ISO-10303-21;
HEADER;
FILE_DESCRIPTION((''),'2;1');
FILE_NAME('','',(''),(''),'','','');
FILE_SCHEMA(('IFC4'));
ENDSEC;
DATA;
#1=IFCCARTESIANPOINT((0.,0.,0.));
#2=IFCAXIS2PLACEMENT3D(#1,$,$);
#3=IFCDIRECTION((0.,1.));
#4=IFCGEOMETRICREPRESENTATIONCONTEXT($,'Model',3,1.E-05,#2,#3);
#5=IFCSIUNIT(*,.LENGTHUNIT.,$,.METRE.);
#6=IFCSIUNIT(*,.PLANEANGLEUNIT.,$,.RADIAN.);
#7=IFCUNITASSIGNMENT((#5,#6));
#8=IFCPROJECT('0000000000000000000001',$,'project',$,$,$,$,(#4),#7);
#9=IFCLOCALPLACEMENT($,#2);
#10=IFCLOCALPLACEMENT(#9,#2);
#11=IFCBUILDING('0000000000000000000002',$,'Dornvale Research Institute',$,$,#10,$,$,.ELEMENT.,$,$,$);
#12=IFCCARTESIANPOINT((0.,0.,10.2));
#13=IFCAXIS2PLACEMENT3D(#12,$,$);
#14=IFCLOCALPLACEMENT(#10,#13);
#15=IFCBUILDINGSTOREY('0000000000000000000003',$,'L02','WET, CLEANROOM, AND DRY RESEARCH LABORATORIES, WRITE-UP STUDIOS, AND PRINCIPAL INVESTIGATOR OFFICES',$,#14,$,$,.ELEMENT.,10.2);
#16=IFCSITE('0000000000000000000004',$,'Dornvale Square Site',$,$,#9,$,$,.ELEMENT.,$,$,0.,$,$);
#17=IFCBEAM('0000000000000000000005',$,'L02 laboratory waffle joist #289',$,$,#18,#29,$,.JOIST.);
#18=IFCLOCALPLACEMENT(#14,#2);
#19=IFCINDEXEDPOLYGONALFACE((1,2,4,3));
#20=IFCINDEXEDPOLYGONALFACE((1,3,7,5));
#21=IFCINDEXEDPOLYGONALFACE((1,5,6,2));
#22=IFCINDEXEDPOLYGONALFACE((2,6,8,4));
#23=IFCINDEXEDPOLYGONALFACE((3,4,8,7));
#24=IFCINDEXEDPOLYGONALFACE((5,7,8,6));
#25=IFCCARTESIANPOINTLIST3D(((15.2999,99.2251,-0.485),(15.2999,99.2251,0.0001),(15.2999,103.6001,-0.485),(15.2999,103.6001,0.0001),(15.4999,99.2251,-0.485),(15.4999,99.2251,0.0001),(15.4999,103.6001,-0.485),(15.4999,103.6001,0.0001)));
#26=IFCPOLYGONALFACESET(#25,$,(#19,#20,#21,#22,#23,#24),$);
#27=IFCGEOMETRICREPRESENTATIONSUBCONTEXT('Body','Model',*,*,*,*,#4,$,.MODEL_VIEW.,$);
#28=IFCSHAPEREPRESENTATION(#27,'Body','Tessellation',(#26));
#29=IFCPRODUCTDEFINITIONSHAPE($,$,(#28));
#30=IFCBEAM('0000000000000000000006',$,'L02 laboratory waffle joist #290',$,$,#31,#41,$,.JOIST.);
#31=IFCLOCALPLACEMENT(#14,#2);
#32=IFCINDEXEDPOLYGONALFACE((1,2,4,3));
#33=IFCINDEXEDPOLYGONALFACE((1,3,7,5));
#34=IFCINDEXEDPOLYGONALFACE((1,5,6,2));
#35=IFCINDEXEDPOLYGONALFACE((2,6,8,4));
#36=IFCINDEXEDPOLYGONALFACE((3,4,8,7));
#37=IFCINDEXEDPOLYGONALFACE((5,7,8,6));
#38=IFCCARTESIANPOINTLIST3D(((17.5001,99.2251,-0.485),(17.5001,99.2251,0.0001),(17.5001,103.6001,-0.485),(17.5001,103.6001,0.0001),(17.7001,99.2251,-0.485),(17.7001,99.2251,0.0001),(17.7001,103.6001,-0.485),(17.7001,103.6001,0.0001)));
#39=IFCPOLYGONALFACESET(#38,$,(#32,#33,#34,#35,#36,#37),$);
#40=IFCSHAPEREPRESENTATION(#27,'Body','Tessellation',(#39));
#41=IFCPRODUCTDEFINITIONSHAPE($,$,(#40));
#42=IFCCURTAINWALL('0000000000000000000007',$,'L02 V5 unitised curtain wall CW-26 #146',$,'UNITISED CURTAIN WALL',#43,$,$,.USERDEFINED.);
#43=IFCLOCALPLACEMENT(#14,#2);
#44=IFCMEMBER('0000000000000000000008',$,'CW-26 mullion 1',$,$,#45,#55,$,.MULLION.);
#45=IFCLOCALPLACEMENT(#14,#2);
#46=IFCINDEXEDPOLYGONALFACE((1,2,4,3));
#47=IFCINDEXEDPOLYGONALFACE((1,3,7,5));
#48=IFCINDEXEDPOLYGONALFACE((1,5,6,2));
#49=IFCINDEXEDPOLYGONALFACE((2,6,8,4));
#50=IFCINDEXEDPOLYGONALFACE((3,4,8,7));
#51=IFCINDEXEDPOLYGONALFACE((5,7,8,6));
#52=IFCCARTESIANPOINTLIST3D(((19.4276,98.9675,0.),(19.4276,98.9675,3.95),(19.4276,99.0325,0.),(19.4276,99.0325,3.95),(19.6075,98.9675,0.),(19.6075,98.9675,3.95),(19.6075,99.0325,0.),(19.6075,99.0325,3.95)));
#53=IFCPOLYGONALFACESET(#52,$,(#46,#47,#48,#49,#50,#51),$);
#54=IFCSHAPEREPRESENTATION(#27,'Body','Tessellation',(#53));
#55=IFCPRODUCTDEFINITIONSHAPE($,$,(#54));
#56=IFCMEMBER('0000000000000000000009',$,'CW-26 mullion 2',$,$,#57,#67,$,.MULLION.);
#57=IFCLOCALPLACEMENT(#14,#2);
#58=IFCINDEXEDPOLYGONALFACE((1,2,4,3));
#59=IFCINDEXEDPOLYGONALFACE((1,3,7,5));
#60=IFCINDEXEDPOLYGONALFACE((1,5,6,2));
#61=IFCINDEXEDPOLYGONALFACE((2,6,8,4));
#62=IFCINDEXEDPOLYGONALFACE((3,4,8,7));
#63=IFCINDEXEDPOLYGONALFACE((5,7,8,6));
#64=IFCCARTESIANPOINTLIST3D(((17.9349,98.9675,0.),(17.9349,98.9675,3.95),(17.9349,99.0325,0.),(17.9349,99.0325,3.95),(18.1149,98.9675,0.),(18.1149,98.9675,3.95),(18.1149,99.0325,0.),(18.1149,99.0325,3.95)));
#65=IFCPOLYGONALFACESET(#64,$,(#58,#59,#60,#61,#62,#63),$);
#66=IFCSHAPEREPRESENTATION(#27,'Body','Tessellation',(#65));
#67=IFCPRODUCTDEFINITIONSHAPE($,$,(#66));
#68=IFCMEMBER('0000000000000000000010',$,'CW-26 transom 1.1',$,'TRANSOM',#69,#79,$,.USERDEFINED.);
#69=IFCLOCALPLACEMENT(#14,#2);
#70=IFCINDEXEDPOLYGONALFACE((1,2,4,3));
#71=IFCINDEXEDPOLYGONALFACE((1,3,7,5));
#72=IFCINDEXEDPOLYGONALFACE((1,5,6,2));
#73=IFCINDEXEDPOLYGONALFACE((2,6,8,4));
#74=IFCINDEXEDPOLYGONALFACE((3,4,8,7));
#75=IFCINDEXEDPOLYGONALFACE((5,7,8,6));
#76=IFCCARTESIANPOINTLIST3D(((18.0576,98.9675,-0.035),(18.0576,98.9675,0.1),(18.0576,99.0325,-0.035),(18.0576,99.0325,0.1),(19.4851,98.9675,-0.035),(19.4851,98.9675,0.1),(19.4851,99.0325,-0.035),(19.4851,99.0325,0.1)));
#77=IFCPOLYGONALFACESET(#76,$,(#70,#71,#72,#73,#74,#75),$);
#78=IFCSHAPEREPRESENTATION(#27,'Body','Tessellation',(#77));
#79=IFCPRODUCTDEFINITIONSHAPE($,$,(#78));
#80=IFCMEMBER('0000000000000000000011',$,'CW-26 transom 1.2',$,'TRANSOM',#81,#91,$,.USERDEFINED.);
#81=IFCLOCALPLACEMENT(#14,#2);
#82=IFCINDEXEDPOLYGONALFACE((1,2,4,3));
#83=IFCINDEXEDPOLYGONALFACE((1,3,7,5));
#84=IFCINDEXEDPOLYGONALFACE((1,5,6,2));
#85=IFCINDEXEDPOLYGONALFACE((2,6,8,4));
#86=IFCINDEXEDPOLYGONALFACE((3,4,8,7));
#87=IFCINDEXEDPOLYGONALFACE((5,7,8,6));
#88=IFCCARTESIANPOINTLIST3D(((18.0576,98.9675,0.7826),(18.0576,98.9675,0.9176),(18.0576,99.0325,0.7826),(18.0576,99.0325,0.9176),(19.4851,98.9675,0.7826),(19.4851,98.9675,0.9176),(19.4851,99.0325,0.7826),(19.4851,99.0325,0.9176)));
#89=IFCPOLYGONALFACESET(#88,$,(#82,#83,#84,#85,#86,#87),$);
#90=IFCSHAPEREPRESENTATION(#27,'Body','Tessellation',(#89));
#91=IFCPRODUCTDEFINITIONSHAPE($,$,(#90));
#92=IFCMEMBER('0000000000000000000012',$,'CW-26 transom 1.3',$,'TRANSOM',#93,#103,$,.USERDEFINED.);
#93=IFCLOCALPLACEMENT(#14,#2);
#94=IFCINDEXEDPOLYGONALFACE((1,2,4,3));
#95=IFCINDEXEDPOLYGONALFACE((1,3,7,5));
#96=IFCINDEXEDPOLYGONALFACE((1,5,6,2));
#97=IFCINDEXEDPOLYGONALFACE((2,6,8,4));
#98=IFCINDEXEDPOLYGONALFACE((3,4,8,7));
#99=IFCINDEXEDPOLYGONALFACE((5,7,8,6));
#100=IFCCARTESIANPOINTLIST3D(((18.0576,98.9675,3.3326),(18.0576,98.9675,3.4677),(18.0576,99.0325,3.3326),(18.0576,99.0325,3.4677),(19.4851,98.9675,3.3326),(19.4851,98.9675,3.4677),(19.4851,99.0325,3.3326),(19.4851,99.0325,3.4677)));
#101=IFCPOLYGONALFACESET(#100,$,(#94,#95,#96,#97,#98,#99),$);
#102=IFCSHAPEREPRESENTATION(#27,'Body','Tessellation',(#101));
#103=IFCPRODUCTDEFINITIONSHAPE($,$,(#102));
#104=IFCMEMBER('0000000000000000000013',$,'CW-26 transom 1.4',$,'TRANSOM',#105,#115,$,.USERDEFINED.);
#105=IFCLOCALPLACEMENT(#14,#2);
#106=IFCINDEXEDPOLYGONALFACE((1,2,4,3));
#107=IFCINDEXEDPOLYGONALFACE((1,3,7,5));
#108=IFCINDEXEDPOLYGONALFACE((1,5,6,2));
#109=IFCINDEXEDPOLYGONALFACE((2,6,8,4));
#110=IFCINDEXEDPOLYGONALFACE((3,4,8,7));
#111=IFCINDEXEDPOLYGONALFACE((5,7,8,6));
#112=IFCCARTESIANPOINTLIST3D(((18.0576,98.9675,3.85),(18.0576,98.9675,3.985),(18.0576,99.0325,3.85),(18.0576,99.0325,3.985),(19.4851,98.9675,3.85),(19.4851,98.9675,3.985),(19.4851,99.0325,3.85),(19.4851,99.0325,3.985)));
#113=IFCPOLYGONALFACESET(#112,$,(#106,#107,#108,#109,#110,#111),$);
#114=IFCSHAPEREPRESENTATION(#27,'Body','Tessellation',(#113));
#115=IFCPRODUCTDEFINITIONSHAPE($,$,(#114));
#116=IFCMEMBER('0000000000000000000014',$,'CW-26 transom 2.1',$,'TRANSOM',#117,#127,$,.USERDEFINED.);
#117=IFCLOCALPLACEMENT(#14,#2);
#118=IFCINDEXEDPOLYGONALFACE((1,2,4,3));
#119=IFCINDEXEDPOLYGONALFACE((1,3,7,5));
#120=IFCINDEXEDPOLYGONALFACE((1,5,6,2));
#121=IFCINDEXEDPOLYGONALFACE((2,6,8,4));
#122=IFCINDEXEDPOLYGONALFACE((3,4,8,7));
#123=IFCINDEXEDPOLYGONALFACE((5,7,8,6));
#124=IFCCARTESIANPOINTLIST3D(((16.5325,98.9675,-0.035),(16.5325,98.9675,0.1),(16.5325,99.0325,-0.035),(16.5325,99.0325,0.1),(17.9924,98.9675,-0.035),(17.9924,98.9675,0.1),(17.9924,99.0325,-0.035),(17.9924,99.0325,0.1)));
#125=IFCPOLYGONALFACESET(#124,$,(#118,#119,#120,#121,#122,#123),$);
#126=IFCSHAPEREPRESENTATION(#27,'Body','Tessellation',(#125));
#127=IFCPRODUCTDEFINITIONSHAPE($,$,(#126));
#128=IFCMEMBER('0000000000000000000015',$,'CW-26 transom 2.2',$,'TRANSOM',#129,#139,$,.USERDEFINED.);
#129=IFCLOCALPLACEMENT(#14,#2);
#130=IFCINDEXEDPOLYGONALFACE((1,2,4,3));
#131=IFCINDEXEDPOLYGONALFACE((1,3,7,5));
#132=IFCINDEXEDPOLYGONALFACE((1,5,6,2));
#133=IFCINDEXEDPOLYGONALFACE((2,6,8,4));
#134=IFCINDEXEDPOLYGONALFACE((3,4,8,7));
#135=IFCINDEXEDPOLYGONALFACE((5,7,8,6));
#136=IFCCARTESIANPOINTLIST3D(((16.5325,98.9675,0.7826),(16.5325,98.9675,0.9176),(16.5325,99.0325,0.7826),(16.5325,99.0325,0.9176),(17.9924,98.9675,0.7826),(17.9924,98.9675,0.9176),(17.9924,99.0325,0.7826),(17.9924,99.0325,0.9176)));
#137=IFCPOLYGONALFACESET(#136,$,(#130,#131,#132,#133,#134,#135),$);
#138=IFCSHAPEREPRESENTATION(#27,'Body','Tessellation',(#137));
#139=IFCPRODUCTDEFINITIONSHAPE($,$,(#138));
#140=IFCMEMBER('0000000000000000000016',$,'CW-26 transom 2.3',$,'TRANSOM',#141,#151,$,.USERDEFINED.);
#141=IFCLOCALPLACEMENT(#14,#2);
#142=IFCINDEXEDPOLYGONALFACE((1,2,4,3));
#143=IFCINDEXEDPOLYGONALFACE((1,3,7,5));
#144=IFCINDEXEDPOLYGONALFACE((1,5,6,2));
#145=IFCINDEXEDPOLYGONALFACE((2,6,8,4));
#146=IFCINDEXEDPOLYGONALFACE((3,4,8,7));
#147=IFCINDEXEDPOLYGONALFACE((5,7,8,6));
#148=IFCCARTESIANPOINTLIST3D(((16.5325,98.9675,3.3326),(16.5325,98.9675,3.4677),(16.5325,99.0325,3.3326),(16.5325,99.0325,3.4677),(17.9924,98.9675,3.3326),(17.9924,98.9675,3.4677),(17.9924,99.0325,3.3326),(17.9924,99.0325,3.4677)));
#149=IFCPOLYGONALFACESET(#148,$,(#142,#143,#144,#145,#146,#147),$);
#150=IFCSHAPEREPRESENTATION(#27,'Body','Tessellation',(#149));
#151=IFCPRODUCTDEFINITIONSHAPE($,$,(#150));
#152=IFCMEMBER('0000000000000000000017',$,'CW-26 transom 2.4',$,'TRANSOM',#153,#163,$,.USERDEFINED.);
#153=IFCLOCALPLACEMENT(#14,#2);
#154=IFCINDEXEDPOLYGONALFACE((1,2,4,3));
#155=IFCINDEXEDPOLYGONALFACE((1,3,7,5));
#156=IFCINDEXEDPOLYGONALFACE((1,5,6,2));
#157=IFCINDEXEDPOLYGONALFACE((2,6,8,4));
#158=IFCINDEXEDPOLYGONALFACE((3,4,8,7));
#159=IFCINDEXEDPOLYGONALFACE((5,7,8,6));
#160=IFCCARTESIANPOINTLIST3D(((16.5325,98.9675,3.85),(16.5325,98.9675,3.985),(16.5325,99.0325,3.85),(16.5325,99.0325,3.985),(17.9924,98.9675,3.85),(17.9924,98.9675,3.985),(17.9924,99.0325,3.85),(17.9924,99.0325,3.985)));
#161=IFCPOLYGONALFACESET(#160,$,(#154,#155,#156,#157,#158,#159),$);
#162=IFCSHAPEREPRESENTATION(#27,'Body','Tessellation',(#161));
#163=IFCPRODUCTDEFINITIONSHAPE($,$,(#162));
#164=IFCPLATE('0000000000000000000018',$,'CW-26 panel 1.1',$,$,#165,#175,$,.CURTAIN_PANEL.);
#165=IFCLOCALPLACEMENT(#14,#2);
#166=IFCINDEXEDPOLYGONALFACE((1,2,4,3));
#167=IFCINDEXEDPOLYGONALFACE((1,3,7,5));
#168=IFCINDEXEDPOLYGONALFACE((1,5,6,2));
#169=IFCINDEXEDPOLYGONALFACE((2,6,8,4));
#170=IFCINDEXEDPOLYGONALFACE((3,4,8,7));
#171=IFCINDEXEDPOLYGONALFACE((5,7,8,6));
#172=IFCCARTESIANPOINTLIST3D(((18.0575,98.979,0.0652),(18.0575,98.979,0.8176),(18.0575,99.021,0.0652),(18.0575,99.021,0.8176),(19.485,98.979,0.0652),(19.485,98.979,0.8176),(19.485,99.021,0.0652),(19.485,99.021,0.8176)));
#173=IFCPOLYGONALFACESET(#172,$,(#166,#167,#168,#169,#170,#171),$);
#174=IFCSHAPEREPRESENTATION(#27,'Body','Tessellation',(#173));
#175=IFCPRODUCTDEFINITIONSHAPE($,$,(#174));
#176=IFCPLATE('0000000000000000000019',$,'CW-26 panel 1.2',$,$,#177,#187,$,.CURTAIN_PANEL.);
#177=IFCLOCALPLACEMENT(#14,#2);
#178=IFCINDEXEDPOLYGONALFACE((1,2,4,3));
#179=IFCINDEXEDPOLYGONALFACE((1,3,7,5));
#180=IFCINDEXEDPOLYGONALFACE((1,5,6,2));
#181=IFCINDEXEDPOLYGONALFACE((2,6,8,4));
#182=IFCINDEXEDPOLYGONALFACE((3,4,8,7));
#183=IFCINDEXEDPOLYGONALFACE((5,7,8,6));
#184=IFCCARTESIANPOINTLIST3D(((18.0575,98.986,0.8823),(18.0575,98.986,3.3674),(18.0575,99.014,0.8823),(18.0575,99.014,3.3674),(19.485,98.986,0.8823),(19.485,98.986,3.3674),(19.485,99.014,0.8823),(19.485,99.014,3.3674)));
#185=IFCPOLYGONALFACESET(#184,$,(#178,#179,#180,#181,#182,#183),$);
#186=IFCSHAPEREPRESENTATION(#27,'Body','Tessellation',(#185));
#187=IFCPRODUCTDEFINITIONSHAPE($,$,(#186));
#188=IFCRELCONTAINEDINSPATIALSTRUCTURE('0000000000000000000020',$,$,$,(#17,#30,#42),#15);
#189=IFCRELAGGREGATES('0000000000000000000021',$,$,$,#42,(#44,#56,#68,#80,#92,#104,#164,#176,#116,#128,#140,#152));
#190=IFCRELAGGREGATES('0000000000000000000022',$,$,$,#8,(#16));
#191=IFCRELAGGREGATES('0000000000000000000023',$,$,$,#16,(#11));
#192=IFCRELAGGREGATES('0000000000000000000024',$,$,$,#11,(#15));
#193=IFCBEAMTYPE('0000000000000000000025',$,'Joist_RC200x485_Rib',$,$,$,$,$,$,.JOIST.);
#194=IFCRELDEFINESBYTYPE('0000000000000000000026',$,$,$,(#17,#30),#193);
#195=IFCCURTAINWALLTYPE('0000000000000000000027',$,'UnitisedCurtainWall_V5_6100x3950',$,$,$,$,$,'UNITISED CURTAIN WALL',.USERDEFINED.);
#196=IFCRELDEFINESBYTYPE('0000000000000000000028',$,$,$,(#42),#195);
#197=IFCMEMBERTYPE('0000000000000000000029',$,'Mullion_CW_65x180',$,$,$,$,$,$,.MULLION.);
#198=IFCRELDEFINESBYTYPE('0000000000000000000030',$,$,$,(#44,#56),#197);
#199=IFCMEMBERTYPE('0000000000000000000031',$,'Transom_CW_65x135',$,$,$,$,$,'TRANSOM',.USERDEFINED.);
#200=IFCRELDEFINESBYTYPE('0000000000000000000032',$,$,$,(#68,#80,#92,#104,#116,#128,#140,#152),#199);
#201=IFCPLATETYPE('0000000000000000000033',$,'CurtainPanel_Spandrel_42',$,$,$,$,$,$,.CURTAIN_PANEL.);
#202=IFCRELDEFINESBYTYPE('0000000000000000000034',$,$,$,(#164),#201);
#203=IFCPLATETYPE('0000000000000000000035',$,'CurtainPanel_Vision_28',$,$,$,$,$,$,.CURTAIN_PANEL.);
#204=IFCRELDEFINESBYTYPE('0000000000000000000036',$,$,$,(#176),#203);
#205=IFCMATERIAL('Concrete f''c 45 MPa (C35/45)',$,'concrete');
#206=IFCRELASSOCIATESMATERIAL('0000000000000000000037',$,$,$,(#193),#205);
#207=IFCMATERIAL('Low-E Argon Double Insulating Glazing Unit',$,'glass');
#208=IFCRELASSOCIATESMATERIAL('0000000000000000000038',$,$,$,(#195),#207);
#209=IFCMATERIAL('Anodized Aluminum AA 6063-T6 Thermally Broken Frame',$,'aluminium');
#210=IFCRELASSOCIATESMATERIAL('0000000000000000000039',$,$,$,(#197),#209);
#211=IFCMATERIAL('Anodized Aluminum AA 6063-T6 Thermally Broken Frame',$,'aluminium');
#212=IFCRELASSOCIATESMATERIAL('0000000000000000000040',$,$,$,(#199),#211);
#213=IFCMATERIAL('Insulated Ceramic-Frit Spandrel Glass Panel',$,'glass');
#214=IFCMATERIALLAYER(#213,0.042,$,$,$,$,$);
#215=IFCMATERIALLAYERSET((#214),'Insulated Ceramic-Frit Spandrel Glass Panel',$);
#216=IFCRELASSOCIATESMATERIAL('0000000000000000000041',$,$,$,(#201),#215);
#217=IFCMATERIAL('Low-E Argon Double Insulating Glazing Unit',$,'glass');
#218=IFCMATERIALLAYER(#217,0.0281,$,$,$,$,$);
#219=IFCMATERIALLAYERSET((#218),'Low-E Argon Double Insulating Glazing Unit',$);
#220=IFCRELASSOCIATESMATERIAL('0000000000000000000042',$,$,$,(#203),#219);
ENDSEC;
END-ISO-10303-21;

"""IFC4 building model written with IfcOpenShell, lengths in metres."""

from ifc_helpers import new_model, si_unit, direction, frame, origin, origin_2d, place, context, subcontext, project, spatial, rectangle, extrude, material, layer, layer_set, material_profile, profile_set, type_object, element, aggregate, save


model = new_model("IFC4")

# Units and contexts
model_context = context("Model", 3, precision=1e-05, world=origin(), true_north=direction((0.0, 1.0)))
body_context = subcontext(model_context, "Body", "Model", "MODEL_VIEW")
ifc_project = project(units=[si_unit("LENGTHUNIT", "METRE"), si_unit("PLANEANGLEUNIT", "RADIAN")], contexts=[model_context])

# Site, building, storey
site_placement = place(None, origin())
site = spatial("IfcSite", under=ifc_project, at=site_placement, Name="Dornvale Square Site", CompositionType="ELEMENT", RefElevation=0.0)
building_placement = place(site_placement, origin())
building = spatial("IfcBuilding", under=site, at=building_placement, Name="Dornvale Research Institute", CompositionType="ELEMENT")
storey_placement = place(building_placement, frame((0.0, 0.0, 10.2)))
storey = spatial("IfcBuildingStorey", under=building, at=storey_placement, Name="L02", Description="WET, CLEANROOM, AND DRY RESEARCH LABORATORIES, WRITE-UP STUDIOS, AND PRINCIPAL INVESTIGATOR OFFICES", CompositionType="ELEMENT", Elevation=10.2)

# Beams
ifc_material_1 = material(Name="Concrete f'c 45 MPa (C35/45)", Category="concrete")
ifc_material_profile_1 = material_profile(ifc_material_1, rectangle(XDim=0.2, YDim=0.4851, at=origin_2d()), Name="RC 200x485")
ifc_profile_set_1 = profile_set([ifc_material_profile_1], Name="Concrete f'c 45 MPa (C35/45)")
beam_type = type_object("IfcBeamType", Name="Joist_RC200x485_Rib", PredefinedType="JOIST", material=ifc_profile_set_1)
for number, where, z_axis, x_axis, name in (
    (1, (15.3999, 99.2251, -0.2424), (0.0, 1.0, 0.0), (-1.0, 0.0, 0.0), "L02 laboratory waffle joist #289"),
    (2, (17.6001, 99.2251, -0.2424), (0.0, 1.0, 0.0), (-1.0, 0.0, 0.0), "L02 laboratory waffle joist #290"),
):
    element("IfcBeam", number, at=place(storey_placement, frame(where, z_axis=z_axis, x_axis=x_axis)), inside=storey, type_object=beam_type, Name=name, PredefinedType="JOIST", context=body_context, shape_type="SweptSolid", body=[
        extrude(rectangle(XDim=0.2, YDim=0.4851, at=origin_2d()), origin(), (0.0, 0.0, 1.0), 4.375),
    ])

# Curtain wall, members, plates
ifc_material_2 = material(Name="Low-E Argon Double Insulating Glazing Unit", Category="glass")
curtain_wall_type = type_object("IfcCurtainWallType", Name="UnitisedCurtainWall_V5_6100x3950", ElementType="UNITISED CURTAIN WALL", PredefinedType="USERDEFINED", material=ifc_material_2)
curtain_wall_placement = place(storey_placement, origin())
curtain_wall = element("IfcCurtainWall", 3, at=curtain_wall_placement, inside=storey, type_object=curtain_wall_type, Name="L02 V5 unitised curtain wall CW-26 #146", ObjectType="UNITISED CURTAIN WALL", PredefinedType="USERDEFINED")
ifc_material_3 = material(Name="Anodized Aluminum AA 6063-T6 Thermally Broken Frame", Category="aluminium")
ifc_material_profile_2 = material_profile(ifc_material_3, rectangle(XDim=0.0649, YDim=0.1799, at=origin_2d()), Name="ALU MULLION 65x180")
ifc_profile_set_2 = profile_set([ifc_material_profile_2], Name="Anodized Aluminum AA 6063-T6 Thermally Broken Frame")
member_type_1 = type_object("IfcMemberType", Name="Mullion_CW_65x180", PredefinedType="MULLION", material=ifc_profile_set_2)
member_1_placement = place(storey_placement, frame((19.5176, 99.0, 0.0), z_axis=(0.0, 0.0, 1.0), x_axis=(0.0, -1.0, 0.0)))
member_1 = element("IfcMember", 4, at=member_1_placement, type_object=member_type_1, Name="CW-26 mullion 1", PredefinedType="MULLION", context=body_context, shape_type="SweptSolid", body=[
    extrude(rectangle(XDim=0.0649, YDim=0.1799, at=origin_2d()), origin(), (0.0, 0.0, 1.0), 3.95),
])
member_2_placement = place(storey_placement, frame((18.0249, 99.0, 0.0), z_axis=(0.0, 0.0, 1.0), x_axis=(0.0, -1.0, 0.0)))
member_2 = element("IfcMember", 5, at=member_2_placement, type_object=member_type_1, Name="CW-26 mullion 2", PredefinedType="MULLION", context=body_context, shape_type="SweptSolid", body=[
    extrude(rectangle(XDim=0.0649, YDim=0.1799, at=origin_2d()), origin(), (0.0, 0.0, 1.0), 3.95),
])
ifc_material_4 = material(Name="Anodized Aluminum AA 6063-T6 Thermally Broken Frame", Category="aluminium")
ifc_material_profile_3 = material_profile(ifc_material_4, rectangle(XDim=0.0649, YDim=0.135, at=origin_2d()), Name="ALU TRANSOM 65x135")
ifc_profile_set_3 = profile_set([ifc_material_profile_3], Name="Anodized Aluminum AA 6063-T6 Thermally Broken Frame")
member_type_2 = type_object("IfcMemberType", Name="Transom_CW_65x135", ElementType="TRANSOM", PredefinedType="USERDEFINED", material=ifc_profile_set_3)
member_3_placement = place(storey_placement, frame((19.4851, 99.0, 0.0325), z_axis=(-1.0, 0.0, 0.0), x_axis=(0.0, -1.0, 0.0)))
member_3 = element("IfcMember", 6, at=member_3_placement, type_object=member_type_2, Name="CW-26 transom 1.1", ObjectType="TRANSOM", PredefinedType="USERDEFINED", context=body_context, shape_type="SweptSolid", body=[
    extrude(rectangle(XDim=0.0649, YDim=0.135, at=origin_2d()), origin(), (0.0, 0.0, 1.0), 1.4275),
])
member_4_placement = place(storey_placement, frame((19.4851, 99.0, 0.8501), z_axis=(-1.0, 0.0, 0.0), x_axis=(0.0, -1.0, 0.0)))
member_4 = element("IfcMember", 7, at=member_4_placement, type_object=member_type_2, Name="CW-26 transom 1.2", ObjectType="TRANSOM", PredefinedType="USERDEFINED", context=body_context, shape_type="SweptSolid", body=[
    extrude(rectangle(XDim=0.0649, YDim=0.135, at=origin_2d()), origin(), (0.0, 0.0, 1.0), 1.4275),
])
member_5_placement = place(storey_placement, frame((19.4851, 99.0, 3.4001), z_axis=(-1.0, 0.0, 0.0), x_axis=(0.0, -1.0, 0.0)))
member_5 = element("IfcMember", 8, at=member_5_placement, type_object=member_type_2, Name="CW-26 transom 1.3", ObjectType="TRANSOM", PredefinedType="USERDEFINED", context=body_context, shape_type="SweptSolid", body=[
    extrude(rectangle(XDim=0.0649, YDim=0.135, at=origin_2d()), origin(), (0.0, 0.0, 1.0), 1.4275),
])
member_6_placement = place(storey_placement, frame((19.4851, 99.0, 3.9175), z_axis=(-1.0, 0.0, 0.0), x_axis=(0.0, -1.0, 0.0)))
member_6 = element("IfcMember", 9, at=member_6_placement, type_object=member_type_2, Name="CW-26 transom 1.4", ObjectType="TRANSOM", PredefinedType="USERDEFINED", context=body_context, shape_type="SweptSolid", body=[
    extrude(rectangle(XDim=0.0649, YDim=0.135, at=origin_2d()), origin(), (0.0, 0.0, 1.0), 1.4275),
])
member_7_placement = place(storey_placement, frame((17.9924, 99.0, 0.0325), z_axis=(-1.0, 0.0, 0.0), x_axis=(0.0, -1.0, 0.0)))
member_7 = element("IfcMember", 10, at=member_7_placement, type_object=member_type_2, Name="CW-26 transom 2.1", ObjectType="TRANSOM", PredefinedType="USERDEFINED", context=body_context, shape_type="SweptSolid", body=[
    extrude(rectangle(XDim=0.0649, YDim=0.135, at=origin_2d()), origin(), (0.0, 0.0, 1.0), 1.46),
])
member_8_placement = place(storey_placement, frame((17.9924, 99.0, 0.8501), z_axis=(-1.0, 0.0, 0.0), x_axis=(0.0, -1.0, 0.0)))
member_8 = element("IfcMember", 11, at=member_8_placement, type_object=member_type_2, Name="CW-26 transom 2.2", ObjectType="TRANSOM", PredefinedType="USERDEFINED", context=body_context, shape_type="SweptSolid", body=[
    extrude(rectangle(XDim=0.0649, YDim=0.135, at=origin_2d()), origin(), (0.0, 0.0, 1.0), 1.46),
])
member_9_placement = place(storey_placement, frame((17.9924, 99.0, 3.4001), z_axis=(-1.0, 0.0, 0.0), x_axis=(0.0, -1.0, 0.0)))
member_9 = element("IfcMember", 12, at=member_9_placement, type_object=member_type_2, Name="CW-26 transom 2.3", ObjectType="TRANSOM", PredefinedType="USERDEFINED", context=body_context, shape_type="SweptSolid", body=[
    extrude(rectangle(XDim=0.0649, YDim=0.135, at=origin_2d()), origin(), (0.0, 0.0, 1.0), 1.46),
])
member_10_placement = place(storey_placement, frame((17.9924, 99.0, 3.9175), z_axis=(-1.0, 0.0, 0.0), x_axis=(0.0, -1.0, 0.0)))
member_10 = element("IfcMember", 13, at=member_10_placement, type_object=member_type_2, Name="CW-26 transom 2.4", ObjectType="TRANSOM", PredefinedType="USERDEFINED", context=body_context, shape_type="SweptSolid", body=[
    extrude(rectangle(XDim=0.0649, YDim=0.135, at=origin_2d()), origin(), (0.0, 0.0, 1.0), 1.46),
])
ifc_material_5 = material(Name="Insulated Ceramic-Frit Spandrel Glass Panel", Category="glass")
ifc_layer_1 = layer(ifc_material_5, 0.042)
ifc_layer_set_1 = layer_set([ifc_layer_1], Name="Insulated Ceramic-Frit Spandrel Glass Panel")
plate_type_1 = type_object("IfcPlateType", Name="CurtainPanel_Spandrel_42", PredefinedType="CURTAIN_PANEL", material=ifc_layer_set_1)
plate_1_placement = place(storey_placement, frame((18.7712, 99.0, 0.0652), z_axis=(0.0, 0.0, 1.0), x_axis=(-1.0, 0.0, 0.0)))
plate_1 = element("IfcPlate", 14, at=plate_1_placement, type_object=plate_type_1, Name="CW-26 panel 1.1", PredefinedType="CURTAIN_PANEL", context=body_context, shape_type="SweptSolid", body=[
    extrude(rectangle(XDim=1.4275, YDim=0.042, at=origin_2d()), origin(), (0.0, 0.0, 1.0), 0.7524),
])
ifc_material_6 = material(Name="Low-E Argon Double Insulating Glazing Unit", Category="glass")
ifc_layer_2 = layer(ifc_material_6, 0.0281)
ifc_layer_set_2 = layer_set([ifc_layer_2], Name="Low-E Argon Double Insulating Glazing Unit")
plate_type_2 = type_object("IfcPlateType", Name="CurtainPanel_Vision_28", PredefinedType="CURTAIN_PANEL", material=ifc_layer_set_2)
plate_2_placement = place(storey_placement, frame((18.7712, 99.0, 0.8823), z_axis=(0.0, 0.0, 1.0), x_axis=(-1.0, 0.0, 0.0)))
plate_2 = element("IfcPlate", 15, at=plate_2_placement, type_object=plate_type_2, Name="CW-26 panel 1.2", PredefinedType="CURTAIN_PANEL", context=body_context, shape_type="SweptSolid", body=[
    extrude(rectangle(XDim=1.4275, YDim=0.0281, at=origin_2d()), origin(), (0.0, 0.0, 1.0), 2.4851),
])
aggregate(curtain_wall, [member_1, member_2, member_3, member_4, member_5, member_6, plate_1, plate_2, member_7, member_8, member_9, member_10])

save(model, "model.ifc")
